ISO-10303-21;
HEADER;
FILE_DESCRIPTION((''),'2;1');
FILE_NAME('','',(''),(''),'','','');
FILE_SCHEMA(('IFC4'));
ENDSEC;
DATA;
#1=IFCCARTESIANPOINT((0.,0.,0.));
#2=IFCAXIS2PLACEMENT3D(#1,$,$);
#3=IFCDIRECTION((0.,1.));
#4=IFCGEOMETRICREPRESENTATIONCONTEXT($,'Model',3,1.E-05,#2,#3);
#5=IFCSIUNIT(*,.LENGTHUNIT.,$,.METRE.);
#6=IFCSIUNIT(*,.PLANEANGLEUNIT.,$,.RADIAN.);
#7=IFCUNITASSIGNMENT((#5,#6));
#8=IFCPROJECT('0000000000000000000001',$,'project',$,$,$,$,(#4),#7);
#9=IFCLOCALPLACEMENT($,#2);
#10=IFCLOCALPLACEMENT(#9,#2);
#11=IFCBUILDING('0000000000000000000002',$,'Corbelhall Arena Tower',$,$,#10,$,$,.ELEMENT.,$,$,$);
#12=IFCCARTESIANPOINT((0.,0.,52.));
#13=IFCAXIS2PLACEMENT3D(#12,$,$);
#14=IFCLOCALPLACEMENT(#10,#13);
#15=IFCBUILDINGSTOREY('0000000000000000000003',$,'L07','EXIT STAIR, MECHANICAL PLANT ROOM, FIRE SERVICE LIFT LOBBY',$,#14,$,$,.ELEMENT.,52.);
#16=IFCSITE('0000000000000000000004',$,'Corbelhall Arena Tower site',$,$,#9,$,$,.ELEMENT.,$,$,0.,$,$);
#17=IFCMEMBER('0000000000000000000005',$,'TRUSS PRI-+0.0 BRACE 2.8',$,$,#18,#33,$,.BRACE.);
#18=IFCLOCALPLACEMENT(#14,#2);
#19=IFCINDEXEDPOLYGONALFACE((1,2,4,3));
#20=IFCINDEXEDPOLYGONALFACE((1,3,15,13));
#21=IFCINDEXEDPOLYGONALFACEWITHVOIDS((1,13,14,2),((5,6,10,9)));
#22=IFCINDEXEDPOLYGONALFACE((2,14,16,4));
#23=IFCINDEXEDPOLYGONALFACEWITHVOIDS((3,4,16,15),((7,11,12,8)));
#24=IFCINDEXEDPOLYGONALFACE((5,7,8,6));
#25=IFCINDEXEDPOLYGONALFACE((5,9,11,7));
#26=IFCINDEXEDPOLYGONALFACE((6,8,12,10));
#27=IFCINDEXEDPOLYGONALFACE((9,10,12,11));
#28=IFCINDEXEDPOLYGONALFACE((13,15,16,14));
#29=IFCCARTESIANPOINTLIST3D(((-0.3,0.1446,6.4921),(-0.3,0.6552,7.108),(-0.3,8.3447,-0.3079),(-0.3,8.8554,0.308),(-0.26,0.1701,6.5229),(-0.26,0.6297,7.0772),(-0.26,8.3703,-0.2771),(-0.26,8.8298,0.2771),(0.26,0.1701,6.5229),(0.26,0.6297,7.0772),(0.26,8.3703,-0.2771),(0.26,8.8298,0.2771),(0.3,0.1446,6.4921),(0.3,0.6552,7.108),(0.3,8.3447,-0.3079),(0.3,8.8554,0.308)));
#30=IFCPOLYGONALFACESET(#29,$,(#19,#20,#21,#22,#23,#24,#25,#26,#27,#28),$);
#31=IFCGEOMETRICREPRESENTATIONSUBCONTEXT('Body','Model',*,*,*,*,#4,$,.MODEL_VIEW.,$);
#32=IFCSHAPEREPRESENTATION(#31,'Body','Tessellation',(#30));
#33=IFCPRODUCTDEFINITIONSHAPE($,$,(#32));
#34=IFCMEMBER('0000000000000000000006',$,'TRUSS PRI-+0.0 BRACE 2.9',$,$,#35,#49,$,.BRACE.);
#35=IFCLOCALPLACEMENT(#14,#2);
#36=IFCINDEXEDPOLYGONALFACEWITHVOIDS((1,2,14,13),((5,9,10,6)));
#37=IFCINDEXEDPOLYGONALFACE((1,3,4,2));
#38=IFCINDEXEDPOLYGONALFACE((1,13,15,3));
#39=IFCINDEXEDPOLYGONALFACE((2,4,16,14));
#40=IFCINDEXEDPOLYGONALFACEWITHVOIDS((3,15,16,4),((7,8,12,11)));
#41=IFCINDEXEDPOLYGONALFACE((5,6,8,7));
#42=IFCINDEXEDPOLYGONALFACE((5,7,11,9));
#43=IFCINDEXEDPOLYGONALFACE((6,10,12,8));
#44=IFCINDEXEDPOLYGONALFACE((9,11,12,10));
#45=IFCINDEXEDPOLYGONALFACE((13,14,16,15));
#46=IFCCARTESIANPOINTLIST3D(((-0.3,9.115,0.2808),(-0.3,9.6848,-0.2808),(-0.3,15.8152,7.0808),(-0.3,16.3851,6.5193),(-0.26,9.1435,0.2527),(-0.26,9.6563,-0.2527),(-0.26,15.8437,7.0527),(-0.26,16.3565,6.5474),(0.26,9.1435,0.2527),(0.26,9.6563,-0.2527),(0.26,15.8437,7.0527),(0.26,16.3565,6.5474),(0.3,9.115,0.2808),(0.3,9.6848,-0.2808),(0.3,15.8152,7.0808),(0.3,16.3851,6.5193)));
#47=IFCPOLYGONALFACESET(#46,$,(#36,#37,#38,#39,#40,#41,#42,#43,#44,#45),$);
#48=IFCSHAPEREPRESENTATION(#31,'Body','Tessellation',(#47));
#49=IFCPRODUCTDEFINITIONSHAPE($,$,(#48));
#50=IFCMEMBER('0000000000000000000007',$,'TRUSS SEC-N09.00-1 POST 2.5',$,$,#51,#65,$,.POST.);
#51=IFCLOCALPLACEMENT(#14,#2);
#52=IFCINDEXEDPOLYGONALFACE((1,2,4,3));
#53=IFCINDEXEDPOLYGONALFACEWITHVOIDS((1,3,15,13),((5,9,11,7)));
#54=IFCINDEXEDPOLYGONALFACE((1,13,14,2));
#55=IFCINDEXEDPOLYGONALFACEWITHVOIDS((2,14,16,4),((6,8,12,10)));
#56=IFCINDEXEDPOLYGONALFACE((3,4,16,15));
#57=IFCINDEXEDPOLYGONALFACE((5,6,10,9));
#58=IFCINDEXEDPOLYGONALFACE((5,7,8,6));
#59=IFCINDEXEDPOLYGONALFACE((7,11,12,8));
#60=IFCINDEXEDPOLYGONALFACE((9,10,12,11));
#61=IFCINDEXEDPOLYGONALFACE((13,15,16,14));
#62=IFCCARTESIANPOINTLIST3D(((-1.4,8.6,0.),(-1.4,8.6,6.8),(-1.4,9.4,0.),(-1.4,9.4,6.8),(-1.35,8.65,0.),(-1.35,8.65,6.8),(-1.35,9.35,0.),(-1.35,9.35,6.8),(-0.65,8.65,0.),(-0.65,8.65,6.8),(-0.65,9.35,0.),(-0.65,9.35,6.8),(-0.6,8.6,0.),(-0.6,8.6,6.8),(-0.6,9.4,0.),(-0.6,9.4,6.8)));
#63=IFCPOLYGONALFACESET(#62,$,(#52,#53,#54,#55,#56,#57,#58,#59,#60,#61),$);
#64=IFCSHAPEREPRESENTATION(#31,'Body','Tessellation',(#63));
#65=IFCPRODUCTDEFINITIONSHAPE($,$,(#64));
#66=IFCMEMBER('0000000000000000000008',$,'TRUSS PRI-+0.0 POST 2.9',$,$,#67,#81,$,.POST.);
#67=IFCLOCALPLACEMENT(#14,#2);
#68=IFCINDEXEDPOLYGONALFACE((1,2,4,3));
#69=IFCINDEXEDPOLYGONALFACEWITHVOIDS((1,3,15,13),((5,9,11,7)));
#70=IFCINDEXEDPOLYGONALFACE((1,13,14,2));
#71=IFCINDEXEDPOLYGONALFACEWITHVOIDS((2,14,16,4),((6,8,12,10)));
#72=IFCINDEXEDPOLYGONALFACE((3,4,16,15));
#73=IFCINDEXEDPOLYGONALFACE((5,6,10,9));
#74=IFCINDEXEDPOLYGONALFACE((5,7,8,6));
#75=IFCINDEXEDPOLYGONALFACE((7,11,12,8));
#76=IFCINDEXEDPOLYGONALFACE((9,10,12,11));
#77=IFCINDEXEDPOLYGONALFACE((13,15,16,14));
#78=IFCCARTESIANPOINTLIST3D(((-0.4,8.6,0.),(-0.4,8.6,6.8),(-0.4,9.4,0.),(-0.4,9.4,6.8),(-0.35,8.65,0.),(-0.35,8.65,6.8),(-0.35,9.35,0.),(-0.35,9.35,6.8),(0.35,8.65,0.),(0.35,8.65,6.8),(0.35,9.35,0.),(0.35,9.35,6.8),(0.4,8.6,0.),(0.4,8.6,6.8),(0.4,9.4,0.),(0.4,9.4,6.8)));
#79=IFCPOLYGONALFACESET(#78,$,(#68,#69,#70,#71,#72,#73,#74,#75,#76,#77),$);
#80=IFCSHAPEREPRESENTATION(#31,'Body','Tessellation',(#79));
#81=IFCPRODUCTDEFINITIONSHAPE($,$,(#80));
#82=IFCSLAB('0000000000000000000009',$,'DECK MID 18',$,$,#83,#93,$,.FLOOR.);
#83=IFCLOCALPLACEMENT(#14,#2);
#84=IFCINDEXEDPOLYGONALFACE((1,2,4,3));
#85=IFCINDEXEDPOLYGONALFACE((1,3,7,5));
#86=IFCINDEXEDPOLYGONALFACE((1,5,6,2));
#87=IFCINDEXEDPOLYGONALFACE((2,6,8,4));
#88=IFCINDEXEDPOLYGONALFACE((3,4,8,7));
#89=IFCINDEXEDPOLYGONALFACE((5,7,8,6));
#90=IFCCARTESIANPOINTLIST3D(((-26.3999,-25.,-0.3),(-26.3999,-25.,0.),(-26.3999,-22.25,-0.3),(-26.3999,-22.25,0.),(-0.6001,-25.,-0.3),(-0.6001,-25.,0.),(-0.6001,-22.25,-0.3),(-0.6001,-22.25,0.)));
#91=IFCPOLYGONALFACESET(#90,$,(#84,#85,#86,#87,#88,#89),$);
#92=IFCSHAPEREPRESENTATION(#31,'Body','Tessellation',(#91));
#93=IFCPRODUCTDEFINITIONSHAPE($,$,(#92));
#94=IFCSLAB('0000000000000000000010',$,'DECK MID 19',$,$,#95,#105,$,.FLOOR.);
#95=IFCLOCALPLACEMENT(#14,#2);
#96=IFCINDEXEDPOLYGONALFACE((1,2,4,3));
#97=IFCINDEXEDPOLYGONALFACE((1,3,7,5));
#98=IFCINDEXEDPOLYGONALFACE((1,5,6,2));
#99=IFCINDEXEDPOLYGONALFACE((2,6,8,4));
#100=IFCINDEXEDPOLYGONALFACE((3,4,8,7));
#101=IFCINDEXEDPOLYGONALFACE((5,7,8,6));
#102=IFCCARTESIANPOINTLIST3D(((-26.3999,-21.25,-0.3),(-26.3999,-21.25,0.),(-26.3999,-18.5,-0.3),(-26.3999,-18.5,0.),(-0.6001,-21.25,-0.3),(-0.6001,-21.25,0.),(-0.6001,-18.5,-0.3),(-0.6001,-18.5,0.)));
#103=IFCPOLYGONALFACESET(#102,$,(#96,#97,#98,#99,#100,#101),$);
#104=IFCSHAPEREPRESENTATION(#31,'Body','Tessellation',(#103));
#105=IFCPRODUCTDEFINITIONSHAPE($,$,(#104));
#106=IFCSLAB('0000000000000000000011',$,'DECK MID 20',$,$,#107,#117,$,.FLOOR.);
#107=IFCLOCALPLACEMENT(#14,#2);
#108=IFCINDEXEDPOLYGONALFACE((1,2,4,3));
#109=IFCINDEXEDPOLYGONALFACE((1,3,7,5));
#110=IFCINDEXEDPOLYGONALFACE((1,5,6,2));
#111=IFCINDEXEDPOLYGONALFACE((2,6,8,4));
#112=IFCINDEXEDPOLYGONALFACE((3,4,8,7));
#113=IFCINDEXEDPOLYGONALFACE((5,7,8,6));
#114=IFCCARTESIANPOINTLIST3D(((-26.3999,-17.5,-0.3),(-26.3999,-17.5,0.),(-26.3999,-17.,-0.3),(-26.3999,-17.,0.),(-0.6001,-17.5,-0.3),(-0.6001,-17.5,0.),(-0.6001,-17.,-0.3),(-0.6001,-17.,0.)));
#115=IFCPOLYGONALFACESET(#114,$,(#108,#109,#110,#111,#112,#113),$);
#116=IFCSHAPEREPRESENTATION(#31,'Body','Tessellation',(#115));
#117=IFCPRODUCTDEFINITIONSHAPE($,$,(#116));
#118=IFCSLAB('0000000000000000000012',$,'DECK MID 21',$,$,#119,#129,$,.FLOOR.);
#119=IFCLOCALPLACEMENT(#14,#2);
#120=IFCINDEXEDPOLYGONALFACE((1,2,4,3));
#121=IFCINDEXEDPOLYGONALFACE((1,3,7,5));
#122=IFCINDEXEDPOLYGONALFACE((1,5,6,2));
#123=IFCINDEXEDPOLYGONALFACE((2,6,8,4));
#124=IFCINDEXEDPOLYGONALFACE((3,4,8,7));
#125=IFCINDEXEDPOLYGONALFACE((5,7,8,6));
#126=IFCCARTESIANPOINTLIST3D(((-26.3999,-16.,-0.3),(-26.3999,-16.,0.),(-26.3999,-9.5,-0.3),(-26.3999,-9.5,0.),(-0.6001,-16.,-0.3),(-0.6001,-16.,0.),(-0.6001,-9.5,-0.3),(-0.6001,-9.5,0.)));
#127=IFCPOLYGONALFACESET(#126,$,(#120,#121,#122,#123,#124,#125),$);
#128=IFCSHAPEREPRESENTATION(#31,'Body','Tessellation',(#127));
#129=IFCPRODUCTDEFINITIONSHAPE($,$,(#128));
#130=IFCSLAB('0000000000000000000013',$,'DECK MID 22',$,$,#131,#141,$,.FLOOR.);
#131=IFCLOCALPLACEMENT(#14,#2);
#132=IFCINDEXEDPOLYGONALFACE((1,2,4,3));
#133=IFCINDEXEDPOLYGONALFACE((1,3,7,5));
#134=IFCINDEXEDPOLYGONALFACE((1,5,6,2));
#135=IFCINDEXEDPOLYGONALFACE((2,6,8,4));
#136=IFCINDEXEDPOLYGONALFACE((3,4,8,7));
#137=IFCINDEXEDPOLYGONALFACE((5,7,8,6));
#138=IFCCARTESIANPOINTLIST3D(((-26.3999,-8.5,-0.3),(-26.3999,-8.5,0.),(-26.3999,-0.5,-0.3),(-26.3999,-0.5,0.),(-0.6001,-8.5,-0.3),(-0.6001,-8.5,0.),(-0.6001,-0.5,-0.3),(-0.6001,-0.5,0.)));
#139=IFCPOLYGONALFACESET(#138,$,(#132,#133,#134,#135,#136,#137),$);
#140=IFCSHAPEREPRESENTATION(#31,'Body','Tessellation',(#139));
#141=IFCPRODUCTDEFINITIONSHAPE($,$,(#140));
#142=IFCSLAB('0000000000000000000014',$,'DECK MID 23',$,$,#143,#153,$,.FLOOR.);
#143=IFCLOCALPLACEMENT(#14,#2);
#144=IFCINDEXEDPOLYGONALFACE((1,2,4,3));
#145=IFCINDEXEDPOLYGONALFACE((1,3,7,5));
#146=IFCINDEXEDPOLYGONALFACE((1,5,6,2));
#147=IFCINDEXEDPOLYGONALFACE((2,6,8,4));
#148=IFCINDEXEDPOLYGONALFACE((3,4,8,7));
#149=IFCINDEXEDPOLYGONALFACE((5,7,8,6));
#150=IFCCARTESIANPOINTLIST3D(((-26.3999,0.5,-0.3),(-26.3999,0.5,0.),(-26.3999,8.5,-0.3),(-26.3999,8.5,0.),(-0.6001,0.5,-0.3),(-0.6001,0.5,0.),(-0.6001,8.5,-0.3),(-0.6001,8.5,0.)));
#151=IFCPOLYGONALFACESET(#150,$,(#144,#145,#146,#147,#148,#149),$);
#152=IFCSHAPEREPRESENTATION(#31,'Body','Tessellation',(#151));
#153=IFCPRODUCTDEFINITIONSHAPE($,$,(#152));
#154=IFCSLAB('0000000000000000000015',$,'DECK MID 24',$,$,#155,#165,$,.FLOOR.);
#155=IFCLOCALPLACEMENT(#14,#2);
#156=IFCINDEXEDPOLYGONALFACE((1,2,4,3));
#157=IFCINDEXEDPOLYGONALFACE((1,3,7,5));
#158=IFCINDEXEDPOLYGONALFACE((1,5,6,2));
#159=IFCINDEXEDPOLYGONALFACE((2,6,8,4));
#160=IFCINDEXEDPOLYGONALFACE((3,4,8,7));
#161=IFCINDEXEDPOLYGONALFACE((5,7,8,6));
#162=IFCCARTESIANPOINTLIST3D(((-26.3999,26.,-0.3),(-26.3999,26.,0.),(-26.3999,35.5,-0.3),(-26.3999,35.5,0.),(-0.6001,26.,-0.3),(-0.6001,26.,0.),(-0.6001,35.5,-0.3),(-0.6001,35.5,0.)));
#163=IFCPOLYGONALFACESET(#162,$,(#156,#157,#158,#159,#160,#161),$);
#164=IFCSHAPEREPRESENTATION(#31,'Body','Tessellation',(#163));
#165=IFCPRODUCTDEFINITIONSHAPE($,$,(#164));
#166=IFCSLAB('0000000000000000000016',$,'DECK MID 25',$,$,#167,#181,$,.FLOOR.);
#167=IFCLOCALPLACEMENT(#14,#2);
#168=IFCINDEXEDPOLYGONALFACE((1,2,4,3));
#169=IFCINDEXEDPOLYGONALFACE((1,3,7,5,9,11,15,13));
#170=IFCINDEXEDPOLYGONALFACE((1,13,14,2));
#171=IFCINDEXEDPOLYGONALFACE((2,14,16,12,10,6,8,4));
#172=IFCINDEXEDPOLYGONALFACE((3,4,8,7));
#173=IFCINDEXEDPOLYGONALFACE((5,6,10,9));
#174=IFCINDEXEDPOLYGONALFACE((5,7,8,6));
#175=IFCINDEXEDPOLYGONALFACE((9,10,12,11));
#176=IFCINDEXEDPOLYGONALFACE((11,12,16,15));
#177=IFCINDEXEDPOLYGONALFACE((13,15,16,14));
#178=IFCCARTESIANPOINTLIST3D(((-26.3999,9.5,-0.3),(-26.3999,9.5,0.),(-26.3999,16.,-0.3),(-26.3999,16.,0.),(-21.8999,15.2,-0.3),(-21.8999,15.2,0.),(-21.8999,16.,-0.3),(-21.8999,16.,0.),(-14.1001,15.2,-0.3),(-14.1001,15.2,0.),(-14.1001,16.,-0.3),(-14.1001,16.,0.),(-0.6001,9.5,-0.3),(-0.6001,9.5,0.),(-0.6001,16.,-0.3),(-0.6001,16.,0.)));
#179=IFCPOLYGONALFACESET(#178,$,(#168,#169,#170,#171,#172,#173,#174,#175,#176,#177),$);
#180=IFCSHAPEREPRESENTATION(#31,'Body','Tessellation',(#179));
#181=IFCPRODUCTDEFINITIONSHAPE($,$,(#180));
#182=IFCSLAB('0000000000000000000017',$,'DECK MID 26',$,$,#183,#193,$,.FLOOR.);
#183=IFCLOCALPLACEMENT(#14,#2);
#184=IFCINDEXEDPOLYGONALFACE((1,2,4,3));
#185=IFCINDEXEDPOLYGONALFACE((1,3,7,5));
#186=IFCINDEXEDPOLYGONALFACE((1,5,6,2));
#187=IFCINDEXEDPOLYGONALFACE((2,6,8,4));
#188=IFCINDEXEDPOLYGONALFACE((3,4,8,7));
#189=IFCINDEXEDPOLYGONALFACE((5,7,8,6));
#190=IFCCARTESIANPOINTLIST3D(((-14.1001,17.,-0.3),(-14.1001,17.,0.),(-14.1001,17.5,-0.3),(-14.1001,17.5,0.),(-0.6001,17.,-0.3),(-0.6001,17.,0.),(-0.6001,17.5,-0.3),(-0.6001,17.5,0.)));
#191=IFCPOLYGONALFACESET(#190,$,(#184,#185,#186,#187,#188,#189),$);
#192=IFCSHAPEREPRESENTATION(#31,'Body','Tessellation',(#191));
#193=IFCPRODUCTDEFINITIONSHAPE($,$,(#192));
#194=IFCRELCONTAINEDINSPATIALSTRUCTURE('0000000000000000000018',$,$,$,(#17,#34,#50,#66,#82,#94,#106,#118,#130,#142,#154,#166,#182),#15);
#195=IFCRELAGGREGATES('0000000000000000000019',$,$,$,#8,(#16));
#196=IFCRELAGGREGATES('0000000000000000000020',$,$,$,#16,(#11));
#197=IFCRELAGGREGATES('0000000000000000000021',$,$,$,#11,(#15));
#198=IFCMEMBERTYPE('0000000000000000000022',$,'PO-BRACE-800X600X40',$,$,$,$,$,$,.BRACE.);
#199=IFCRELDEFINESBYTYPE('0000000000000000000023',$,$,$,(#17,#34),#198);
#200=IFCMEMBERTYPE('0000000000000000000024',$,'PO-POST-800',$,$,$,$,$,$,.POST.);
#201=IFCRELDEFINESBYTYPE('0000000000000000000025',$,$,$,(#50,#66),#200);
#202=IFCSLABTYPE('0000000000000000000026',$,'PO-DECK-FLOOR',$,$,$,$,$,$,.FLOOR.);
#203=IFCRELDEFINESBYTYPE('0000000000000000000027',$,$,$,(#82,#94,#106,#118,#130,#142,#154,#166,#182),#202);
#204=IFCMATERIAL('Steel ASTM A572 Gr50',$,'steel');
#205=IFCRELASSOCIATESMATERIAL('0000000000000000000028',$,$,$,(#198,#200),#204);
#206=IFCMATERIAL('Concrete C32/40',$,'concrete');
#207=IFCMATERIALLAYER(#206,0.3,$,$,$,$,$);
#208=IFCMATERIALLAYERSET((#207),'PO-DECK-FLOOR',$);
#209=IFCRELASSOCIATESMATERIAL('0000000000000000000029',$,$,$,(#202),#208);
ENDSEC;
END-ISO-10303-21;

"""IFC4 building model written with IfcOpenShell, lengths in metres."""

from ifc_helpers import new_model, si_unit, direction, frame, origin, origin_2d, place, context, subcontext, project, spatial, polyline, hollow_rectangle, outline, extrude, material, layer, layer_set, material_profile, profile_set, type_object, element, save


model = new_model("IFC4")

# Units and contexts
model_context = context("Model", 3, precision=1e-05, world=origin(), true_north=direction((0.0, 1.0)))
body_context = subcontext(model_context, "Body", "Model", "MODEL_VIEW")
ifc_project = project(units=[si_unit("LENGTHUNIT", "METRE"), si_unit("PLANEANGLEUNIT", "RADIAN")], contexts=[model_context])

# Site, building, storey
site_placement = place(None, origin())
site = spatial("IfcSite", under=ifc_project, at=site_placement, Name="Corbelhall Arena Tower site", CompositionType="ELEMENT", RefElevation=0.0)
building_placement = place(site_placement, origin())
building = spatial("IfcBuilding", under=site, at=building_placement, Name="Corbelhall Arena Tower", CompositionType="ELEMENT")
storey_placement = place(building_placement, frame((0.0, 0.0, 52.0)))
storey = spatial("IfcBuildingStorey", under=building, at=storey_placement, Name="L07", Description="EXIT STAIR, MECHANICAL PLANT ROOM, FIRE SERVICE LIFT LOBBY", CompositionType="ELEMENT", Elevation=52.0)

# Members
ifc_material_1 = material(Name="Steel ASTM A572 Gr50", Category="steel")
ifc_material_profile_1 = material_profile(ifc_material_1, hollow_rectangle(XDim=0.6001, YDim=0.8, WallThickness=0.04, at=origin_2d()))
ifc_profile_set_1 = profile_set([ifc_material_profile_1], Name="Steel ASTM A572 Gr50")
member_type_1 = type_object("IfcMemberType", Name="PO-BRACE-800X600X40", PredefinedType="BRACE", material=ifc_profile_set_1)
member_1_placement = place(storey_placement, frame((0.0, 0.3999, 6.8), z_axis=(0.0, 0.769763, -0.63833), x_axis=(-1.0, 0.0, 0.0)))
element("IfcMember", 1, at=member_1_placement, inside=storey, type_object=member_type_1, Name="TRUSS PRI-+0.0 BRACE 2.8", PredefinedType="BRACE", context=body_context, shape_type="SweptSolid", body=[
    extrude(hollow_rectangle(XDim=0.6001, YDim=0.8, WallThickness=0.04, at=origin_2d()), origin(), (0.0, 0.0, 1.0), 10.6528),
])
member_2_placement = place(storey_placement, frame((0.0, 9.3999, 0.0), z_axis=(0.0, 0.701858, 0.712317), x_axis=(-1.0, 0.0, 0.0)))
element("IfcMember", 2, at=member_2_placement, inside=storey, type_object=member_type_1, Name="TRUSS PRI-+0.0 BRACE 2.9", PredefinedType="BRACE", context=body_context, shape_type="SweptSolid", body=[
    extrude(hollow_rectangle(XDim=0.6001, YDim=0.8, WallThickness=0.04, at=origin_2d()), origin(), (0.0, 0.0, 1.0), 9.5464),
])
ifc_material_profile_2 = material_profile(ifc_material_1, hollow_rectangle(XDim=0.8, YDim=0.8, WallThickness=0.05, at=origin_2d()))
ifc_profile_set_2 = profile_set([ifc_material_profile_2], Name="Steel ASTM A572 Gr50")
member_type_2 = type_object("IfcMemberType", Name="PO-POST-800", PredefinedType="POST", material=ifc_profile_set_2)
for number, where, z_axis, x_axis, name in (
    (3, (-1.0, 9.0, 0.0), (0.0, 0.0, 1.0), (1.0, 0.0, 0.0), "TRUSS SEC-N09.00-1 POST 2.5"),
    (4, (0.0, 9.0, 0.0), (0.0, 0.0, 1.0), (1.0, 0.0, 0.0), "TRUSS PRI-+0.0 POST 2.9"),
):
    element("IfcMember", number, at=place(storey_placement, frame(where, z_axis=z_axis, x_axis=x_axis)), inside=storey, type_object=member_type_2, Name=name, PredefinedType="POST", context=body_context, shape_type="SweptSolid", body=[
        extrude(hollow_rectangle(XDim=0.8, YDim=0.8, WallThickness=0.05, at=origin_2d()), origin(), (0.0, 0.0, 1.0), 6.8),
    ])

# Slabs
ifc_material_2 = material(Name="Concrete C32/40", Category="concrete")
ifc_layer = layer(ifc_material_2, 0.3)
ifc_layer_set = layer_set([ifc_layer], Name="PO-DECK-FLOOR")
slab_type = type_object("IfcSlabType", Name="PO-DECK-FLOOR", PredefinedType="FLOOR", material=ifc_layer_set)
slab_1_placement = place(storey_placement, frame((0.0, 0.0, -0.3)))
element("IfcSlab", 5, at=slab_1_placement, inside=storey, type_object=slab_type, Name="DECK MID 18", PredefinedType="FLOOR", context=body_context, shape_type="SweptSolid", body=[
    extrude(outline(polyline([(-0.6001, -22.25), (-0.6001, -25.0), (-26.3999, -25.0), (-26.3999, -22.25), (-0.6001, -22.25)])), origin(), (0.0, 0.0, 1.0), 0.3),
])
slab_2_placement = place(storey_placement, frame((0.0, 0.0, -0.3)))
element("IfcSlab", 6, at=slab_2_placement, inside=storey, type_object=slab_type, Name="DECK MID 19", PredefinedType="FLOOR", context=body_context, shape_type="SweptSolid", body=[
    extrude(outline(polyline([(-0.6001, -18.5), (-0.6001, -21.25), (-26.3999, -21.25), (-26.3999, -18.5), (-0.6001, -18.5)])), origin(), (0.0, 0.0, 1.0), 0.3),
])
slab_3_placement = place(storey_placement, frame((0.0, 0.0, -0.3)))
element("IfcSlab", 7, at=slab_3_placement, inside=storey, type_object=slab_type, Name="DECK MID 20", PredefinedType="FLOOR", context=body_context, shape_type="SweptSolid", body=[
    extrude(outline(polyline([(-0.6001, -17.0), (-0.6001, -17.5), (-26.3999, -17.5), (-26.3999, -17.0), (-0.6001, -17.0)])), origin(), (0.0, 0.0, 1.0), 0.3),
])
slab_4_placement = place(storey_placement, frame((0.0, 0.0, -0.3)))
element("IfcSlab", 8, at=slab_4_placement, inside=storey, type_object=slab_type, Name="DECK MID 21", PredefinedType="FLOOR", context=body_context, shape_type="SweptSolid", body=[
    extrude(outline(polyline([(-0.6001, -9.5), (-0.6001, -16.0), (-26.3999, -16.0), (-26.3999, -9.5), (-0.6001, -9.5)])), origin(), (0.0, 0.0, 1.0), 0.3),
])
slab_5_placement = place(storey_placement, frame((0.0, 0.0, -0.3)))
element("IfcSlab", 9, at=slab_5_placement, inside=storey, type_object=slab_type, Name="DECK MID 22", PredefinedType="FLOOR", context=body_context, shape_type="SweptSolid", body=[
    extrude(outline(polyline([(-26.3999, -0.5), (-0.6001, -0.5), (-0.6001, -8.5), (-26.3999, -8.5), (-26.3999, -0.5)])), origin(), (0.0, 0.0, 1.0), 0.3),
])
slab_6_placement = place(storey_placement, frame((0.0, 0.0, -0.3)))
element("IfcSlab", 10, at=slab_6_placement, inside=storey, type_object=slab_type, Name="DECK MID 23", PredefinedType="FLOOR", context=body_context, shape_type="SweptSolid", body=[
    extrude(outline(polyline([(-26.3999, 8.5), (-0.6001, 8.5), (-0.6001, 0.5), (-26.3999, 0.5), (-26.3999, 8.5)])), origin(), (0.0, 0.0, 1.0), 0.3),
])
slab_7_placement = place(storey_placement, frame((0.0, 0.0, -0.3)))
element("IfcSlab", 11, at=slab_7_placement, inside=storey, type_object=slab_type, Name="DECK MID 24", PredefinedType="FLOOR", context=body_context, shape_type="SweptSolid", body=[
    extrude(outline(polyline([(-26.3999, 35.5), (-0.6001, 35.5), (-0.6001, 26.0), (-26.3999, 26.0), (-26.3999, 35.5)])), origin(), (0.0, 0.0, 1.0), 0.3),
])
slab_8_placement = place(storey_placement, frame((0.0, 0.0, -0.3)))
element("IfcSlab", 12, at=slab_8_placement, inside=storey, type_object=slab_type, Name="DECK MID 25", PredefinedType="FLOOR", context=body_context, shape_type="SweptSolid", body=[
    extrude(outline(polyline([(-14.1001, 16.0), (-0.6001, 16.0), (-0.6001, 9.5), (-26.3999, 9.5), (-26.3999, 16.0), (-21.8999, 16.0), (-21.8999, 15.2), (-14.1001, 15.2), (-14.1001, 16.0)])), origin(), (0.0, 0.0, 1.0), 0.3),
])
slab_9_placement = place(storey_placement, frame((0.0, 0.0, -0.3)))
element("IfcSlab", 13, at=slab_9_placement, inside=storey, type_object=slab_type, Name="DECK MID 26", PredefinedType="FLOOR", context=body_context, shape_type="SweptSolid", body=[
    extrude(outline(polyline([(-14.1001, 17.5), (-0.6001, 17.5), (-0.6001, 17.0), (-14.1001, 17.0), (-14.1001, 17.5)])), origin(), (0.0, 0.0, 1.0), 0.3),
])

save(model, "model.ifc")
